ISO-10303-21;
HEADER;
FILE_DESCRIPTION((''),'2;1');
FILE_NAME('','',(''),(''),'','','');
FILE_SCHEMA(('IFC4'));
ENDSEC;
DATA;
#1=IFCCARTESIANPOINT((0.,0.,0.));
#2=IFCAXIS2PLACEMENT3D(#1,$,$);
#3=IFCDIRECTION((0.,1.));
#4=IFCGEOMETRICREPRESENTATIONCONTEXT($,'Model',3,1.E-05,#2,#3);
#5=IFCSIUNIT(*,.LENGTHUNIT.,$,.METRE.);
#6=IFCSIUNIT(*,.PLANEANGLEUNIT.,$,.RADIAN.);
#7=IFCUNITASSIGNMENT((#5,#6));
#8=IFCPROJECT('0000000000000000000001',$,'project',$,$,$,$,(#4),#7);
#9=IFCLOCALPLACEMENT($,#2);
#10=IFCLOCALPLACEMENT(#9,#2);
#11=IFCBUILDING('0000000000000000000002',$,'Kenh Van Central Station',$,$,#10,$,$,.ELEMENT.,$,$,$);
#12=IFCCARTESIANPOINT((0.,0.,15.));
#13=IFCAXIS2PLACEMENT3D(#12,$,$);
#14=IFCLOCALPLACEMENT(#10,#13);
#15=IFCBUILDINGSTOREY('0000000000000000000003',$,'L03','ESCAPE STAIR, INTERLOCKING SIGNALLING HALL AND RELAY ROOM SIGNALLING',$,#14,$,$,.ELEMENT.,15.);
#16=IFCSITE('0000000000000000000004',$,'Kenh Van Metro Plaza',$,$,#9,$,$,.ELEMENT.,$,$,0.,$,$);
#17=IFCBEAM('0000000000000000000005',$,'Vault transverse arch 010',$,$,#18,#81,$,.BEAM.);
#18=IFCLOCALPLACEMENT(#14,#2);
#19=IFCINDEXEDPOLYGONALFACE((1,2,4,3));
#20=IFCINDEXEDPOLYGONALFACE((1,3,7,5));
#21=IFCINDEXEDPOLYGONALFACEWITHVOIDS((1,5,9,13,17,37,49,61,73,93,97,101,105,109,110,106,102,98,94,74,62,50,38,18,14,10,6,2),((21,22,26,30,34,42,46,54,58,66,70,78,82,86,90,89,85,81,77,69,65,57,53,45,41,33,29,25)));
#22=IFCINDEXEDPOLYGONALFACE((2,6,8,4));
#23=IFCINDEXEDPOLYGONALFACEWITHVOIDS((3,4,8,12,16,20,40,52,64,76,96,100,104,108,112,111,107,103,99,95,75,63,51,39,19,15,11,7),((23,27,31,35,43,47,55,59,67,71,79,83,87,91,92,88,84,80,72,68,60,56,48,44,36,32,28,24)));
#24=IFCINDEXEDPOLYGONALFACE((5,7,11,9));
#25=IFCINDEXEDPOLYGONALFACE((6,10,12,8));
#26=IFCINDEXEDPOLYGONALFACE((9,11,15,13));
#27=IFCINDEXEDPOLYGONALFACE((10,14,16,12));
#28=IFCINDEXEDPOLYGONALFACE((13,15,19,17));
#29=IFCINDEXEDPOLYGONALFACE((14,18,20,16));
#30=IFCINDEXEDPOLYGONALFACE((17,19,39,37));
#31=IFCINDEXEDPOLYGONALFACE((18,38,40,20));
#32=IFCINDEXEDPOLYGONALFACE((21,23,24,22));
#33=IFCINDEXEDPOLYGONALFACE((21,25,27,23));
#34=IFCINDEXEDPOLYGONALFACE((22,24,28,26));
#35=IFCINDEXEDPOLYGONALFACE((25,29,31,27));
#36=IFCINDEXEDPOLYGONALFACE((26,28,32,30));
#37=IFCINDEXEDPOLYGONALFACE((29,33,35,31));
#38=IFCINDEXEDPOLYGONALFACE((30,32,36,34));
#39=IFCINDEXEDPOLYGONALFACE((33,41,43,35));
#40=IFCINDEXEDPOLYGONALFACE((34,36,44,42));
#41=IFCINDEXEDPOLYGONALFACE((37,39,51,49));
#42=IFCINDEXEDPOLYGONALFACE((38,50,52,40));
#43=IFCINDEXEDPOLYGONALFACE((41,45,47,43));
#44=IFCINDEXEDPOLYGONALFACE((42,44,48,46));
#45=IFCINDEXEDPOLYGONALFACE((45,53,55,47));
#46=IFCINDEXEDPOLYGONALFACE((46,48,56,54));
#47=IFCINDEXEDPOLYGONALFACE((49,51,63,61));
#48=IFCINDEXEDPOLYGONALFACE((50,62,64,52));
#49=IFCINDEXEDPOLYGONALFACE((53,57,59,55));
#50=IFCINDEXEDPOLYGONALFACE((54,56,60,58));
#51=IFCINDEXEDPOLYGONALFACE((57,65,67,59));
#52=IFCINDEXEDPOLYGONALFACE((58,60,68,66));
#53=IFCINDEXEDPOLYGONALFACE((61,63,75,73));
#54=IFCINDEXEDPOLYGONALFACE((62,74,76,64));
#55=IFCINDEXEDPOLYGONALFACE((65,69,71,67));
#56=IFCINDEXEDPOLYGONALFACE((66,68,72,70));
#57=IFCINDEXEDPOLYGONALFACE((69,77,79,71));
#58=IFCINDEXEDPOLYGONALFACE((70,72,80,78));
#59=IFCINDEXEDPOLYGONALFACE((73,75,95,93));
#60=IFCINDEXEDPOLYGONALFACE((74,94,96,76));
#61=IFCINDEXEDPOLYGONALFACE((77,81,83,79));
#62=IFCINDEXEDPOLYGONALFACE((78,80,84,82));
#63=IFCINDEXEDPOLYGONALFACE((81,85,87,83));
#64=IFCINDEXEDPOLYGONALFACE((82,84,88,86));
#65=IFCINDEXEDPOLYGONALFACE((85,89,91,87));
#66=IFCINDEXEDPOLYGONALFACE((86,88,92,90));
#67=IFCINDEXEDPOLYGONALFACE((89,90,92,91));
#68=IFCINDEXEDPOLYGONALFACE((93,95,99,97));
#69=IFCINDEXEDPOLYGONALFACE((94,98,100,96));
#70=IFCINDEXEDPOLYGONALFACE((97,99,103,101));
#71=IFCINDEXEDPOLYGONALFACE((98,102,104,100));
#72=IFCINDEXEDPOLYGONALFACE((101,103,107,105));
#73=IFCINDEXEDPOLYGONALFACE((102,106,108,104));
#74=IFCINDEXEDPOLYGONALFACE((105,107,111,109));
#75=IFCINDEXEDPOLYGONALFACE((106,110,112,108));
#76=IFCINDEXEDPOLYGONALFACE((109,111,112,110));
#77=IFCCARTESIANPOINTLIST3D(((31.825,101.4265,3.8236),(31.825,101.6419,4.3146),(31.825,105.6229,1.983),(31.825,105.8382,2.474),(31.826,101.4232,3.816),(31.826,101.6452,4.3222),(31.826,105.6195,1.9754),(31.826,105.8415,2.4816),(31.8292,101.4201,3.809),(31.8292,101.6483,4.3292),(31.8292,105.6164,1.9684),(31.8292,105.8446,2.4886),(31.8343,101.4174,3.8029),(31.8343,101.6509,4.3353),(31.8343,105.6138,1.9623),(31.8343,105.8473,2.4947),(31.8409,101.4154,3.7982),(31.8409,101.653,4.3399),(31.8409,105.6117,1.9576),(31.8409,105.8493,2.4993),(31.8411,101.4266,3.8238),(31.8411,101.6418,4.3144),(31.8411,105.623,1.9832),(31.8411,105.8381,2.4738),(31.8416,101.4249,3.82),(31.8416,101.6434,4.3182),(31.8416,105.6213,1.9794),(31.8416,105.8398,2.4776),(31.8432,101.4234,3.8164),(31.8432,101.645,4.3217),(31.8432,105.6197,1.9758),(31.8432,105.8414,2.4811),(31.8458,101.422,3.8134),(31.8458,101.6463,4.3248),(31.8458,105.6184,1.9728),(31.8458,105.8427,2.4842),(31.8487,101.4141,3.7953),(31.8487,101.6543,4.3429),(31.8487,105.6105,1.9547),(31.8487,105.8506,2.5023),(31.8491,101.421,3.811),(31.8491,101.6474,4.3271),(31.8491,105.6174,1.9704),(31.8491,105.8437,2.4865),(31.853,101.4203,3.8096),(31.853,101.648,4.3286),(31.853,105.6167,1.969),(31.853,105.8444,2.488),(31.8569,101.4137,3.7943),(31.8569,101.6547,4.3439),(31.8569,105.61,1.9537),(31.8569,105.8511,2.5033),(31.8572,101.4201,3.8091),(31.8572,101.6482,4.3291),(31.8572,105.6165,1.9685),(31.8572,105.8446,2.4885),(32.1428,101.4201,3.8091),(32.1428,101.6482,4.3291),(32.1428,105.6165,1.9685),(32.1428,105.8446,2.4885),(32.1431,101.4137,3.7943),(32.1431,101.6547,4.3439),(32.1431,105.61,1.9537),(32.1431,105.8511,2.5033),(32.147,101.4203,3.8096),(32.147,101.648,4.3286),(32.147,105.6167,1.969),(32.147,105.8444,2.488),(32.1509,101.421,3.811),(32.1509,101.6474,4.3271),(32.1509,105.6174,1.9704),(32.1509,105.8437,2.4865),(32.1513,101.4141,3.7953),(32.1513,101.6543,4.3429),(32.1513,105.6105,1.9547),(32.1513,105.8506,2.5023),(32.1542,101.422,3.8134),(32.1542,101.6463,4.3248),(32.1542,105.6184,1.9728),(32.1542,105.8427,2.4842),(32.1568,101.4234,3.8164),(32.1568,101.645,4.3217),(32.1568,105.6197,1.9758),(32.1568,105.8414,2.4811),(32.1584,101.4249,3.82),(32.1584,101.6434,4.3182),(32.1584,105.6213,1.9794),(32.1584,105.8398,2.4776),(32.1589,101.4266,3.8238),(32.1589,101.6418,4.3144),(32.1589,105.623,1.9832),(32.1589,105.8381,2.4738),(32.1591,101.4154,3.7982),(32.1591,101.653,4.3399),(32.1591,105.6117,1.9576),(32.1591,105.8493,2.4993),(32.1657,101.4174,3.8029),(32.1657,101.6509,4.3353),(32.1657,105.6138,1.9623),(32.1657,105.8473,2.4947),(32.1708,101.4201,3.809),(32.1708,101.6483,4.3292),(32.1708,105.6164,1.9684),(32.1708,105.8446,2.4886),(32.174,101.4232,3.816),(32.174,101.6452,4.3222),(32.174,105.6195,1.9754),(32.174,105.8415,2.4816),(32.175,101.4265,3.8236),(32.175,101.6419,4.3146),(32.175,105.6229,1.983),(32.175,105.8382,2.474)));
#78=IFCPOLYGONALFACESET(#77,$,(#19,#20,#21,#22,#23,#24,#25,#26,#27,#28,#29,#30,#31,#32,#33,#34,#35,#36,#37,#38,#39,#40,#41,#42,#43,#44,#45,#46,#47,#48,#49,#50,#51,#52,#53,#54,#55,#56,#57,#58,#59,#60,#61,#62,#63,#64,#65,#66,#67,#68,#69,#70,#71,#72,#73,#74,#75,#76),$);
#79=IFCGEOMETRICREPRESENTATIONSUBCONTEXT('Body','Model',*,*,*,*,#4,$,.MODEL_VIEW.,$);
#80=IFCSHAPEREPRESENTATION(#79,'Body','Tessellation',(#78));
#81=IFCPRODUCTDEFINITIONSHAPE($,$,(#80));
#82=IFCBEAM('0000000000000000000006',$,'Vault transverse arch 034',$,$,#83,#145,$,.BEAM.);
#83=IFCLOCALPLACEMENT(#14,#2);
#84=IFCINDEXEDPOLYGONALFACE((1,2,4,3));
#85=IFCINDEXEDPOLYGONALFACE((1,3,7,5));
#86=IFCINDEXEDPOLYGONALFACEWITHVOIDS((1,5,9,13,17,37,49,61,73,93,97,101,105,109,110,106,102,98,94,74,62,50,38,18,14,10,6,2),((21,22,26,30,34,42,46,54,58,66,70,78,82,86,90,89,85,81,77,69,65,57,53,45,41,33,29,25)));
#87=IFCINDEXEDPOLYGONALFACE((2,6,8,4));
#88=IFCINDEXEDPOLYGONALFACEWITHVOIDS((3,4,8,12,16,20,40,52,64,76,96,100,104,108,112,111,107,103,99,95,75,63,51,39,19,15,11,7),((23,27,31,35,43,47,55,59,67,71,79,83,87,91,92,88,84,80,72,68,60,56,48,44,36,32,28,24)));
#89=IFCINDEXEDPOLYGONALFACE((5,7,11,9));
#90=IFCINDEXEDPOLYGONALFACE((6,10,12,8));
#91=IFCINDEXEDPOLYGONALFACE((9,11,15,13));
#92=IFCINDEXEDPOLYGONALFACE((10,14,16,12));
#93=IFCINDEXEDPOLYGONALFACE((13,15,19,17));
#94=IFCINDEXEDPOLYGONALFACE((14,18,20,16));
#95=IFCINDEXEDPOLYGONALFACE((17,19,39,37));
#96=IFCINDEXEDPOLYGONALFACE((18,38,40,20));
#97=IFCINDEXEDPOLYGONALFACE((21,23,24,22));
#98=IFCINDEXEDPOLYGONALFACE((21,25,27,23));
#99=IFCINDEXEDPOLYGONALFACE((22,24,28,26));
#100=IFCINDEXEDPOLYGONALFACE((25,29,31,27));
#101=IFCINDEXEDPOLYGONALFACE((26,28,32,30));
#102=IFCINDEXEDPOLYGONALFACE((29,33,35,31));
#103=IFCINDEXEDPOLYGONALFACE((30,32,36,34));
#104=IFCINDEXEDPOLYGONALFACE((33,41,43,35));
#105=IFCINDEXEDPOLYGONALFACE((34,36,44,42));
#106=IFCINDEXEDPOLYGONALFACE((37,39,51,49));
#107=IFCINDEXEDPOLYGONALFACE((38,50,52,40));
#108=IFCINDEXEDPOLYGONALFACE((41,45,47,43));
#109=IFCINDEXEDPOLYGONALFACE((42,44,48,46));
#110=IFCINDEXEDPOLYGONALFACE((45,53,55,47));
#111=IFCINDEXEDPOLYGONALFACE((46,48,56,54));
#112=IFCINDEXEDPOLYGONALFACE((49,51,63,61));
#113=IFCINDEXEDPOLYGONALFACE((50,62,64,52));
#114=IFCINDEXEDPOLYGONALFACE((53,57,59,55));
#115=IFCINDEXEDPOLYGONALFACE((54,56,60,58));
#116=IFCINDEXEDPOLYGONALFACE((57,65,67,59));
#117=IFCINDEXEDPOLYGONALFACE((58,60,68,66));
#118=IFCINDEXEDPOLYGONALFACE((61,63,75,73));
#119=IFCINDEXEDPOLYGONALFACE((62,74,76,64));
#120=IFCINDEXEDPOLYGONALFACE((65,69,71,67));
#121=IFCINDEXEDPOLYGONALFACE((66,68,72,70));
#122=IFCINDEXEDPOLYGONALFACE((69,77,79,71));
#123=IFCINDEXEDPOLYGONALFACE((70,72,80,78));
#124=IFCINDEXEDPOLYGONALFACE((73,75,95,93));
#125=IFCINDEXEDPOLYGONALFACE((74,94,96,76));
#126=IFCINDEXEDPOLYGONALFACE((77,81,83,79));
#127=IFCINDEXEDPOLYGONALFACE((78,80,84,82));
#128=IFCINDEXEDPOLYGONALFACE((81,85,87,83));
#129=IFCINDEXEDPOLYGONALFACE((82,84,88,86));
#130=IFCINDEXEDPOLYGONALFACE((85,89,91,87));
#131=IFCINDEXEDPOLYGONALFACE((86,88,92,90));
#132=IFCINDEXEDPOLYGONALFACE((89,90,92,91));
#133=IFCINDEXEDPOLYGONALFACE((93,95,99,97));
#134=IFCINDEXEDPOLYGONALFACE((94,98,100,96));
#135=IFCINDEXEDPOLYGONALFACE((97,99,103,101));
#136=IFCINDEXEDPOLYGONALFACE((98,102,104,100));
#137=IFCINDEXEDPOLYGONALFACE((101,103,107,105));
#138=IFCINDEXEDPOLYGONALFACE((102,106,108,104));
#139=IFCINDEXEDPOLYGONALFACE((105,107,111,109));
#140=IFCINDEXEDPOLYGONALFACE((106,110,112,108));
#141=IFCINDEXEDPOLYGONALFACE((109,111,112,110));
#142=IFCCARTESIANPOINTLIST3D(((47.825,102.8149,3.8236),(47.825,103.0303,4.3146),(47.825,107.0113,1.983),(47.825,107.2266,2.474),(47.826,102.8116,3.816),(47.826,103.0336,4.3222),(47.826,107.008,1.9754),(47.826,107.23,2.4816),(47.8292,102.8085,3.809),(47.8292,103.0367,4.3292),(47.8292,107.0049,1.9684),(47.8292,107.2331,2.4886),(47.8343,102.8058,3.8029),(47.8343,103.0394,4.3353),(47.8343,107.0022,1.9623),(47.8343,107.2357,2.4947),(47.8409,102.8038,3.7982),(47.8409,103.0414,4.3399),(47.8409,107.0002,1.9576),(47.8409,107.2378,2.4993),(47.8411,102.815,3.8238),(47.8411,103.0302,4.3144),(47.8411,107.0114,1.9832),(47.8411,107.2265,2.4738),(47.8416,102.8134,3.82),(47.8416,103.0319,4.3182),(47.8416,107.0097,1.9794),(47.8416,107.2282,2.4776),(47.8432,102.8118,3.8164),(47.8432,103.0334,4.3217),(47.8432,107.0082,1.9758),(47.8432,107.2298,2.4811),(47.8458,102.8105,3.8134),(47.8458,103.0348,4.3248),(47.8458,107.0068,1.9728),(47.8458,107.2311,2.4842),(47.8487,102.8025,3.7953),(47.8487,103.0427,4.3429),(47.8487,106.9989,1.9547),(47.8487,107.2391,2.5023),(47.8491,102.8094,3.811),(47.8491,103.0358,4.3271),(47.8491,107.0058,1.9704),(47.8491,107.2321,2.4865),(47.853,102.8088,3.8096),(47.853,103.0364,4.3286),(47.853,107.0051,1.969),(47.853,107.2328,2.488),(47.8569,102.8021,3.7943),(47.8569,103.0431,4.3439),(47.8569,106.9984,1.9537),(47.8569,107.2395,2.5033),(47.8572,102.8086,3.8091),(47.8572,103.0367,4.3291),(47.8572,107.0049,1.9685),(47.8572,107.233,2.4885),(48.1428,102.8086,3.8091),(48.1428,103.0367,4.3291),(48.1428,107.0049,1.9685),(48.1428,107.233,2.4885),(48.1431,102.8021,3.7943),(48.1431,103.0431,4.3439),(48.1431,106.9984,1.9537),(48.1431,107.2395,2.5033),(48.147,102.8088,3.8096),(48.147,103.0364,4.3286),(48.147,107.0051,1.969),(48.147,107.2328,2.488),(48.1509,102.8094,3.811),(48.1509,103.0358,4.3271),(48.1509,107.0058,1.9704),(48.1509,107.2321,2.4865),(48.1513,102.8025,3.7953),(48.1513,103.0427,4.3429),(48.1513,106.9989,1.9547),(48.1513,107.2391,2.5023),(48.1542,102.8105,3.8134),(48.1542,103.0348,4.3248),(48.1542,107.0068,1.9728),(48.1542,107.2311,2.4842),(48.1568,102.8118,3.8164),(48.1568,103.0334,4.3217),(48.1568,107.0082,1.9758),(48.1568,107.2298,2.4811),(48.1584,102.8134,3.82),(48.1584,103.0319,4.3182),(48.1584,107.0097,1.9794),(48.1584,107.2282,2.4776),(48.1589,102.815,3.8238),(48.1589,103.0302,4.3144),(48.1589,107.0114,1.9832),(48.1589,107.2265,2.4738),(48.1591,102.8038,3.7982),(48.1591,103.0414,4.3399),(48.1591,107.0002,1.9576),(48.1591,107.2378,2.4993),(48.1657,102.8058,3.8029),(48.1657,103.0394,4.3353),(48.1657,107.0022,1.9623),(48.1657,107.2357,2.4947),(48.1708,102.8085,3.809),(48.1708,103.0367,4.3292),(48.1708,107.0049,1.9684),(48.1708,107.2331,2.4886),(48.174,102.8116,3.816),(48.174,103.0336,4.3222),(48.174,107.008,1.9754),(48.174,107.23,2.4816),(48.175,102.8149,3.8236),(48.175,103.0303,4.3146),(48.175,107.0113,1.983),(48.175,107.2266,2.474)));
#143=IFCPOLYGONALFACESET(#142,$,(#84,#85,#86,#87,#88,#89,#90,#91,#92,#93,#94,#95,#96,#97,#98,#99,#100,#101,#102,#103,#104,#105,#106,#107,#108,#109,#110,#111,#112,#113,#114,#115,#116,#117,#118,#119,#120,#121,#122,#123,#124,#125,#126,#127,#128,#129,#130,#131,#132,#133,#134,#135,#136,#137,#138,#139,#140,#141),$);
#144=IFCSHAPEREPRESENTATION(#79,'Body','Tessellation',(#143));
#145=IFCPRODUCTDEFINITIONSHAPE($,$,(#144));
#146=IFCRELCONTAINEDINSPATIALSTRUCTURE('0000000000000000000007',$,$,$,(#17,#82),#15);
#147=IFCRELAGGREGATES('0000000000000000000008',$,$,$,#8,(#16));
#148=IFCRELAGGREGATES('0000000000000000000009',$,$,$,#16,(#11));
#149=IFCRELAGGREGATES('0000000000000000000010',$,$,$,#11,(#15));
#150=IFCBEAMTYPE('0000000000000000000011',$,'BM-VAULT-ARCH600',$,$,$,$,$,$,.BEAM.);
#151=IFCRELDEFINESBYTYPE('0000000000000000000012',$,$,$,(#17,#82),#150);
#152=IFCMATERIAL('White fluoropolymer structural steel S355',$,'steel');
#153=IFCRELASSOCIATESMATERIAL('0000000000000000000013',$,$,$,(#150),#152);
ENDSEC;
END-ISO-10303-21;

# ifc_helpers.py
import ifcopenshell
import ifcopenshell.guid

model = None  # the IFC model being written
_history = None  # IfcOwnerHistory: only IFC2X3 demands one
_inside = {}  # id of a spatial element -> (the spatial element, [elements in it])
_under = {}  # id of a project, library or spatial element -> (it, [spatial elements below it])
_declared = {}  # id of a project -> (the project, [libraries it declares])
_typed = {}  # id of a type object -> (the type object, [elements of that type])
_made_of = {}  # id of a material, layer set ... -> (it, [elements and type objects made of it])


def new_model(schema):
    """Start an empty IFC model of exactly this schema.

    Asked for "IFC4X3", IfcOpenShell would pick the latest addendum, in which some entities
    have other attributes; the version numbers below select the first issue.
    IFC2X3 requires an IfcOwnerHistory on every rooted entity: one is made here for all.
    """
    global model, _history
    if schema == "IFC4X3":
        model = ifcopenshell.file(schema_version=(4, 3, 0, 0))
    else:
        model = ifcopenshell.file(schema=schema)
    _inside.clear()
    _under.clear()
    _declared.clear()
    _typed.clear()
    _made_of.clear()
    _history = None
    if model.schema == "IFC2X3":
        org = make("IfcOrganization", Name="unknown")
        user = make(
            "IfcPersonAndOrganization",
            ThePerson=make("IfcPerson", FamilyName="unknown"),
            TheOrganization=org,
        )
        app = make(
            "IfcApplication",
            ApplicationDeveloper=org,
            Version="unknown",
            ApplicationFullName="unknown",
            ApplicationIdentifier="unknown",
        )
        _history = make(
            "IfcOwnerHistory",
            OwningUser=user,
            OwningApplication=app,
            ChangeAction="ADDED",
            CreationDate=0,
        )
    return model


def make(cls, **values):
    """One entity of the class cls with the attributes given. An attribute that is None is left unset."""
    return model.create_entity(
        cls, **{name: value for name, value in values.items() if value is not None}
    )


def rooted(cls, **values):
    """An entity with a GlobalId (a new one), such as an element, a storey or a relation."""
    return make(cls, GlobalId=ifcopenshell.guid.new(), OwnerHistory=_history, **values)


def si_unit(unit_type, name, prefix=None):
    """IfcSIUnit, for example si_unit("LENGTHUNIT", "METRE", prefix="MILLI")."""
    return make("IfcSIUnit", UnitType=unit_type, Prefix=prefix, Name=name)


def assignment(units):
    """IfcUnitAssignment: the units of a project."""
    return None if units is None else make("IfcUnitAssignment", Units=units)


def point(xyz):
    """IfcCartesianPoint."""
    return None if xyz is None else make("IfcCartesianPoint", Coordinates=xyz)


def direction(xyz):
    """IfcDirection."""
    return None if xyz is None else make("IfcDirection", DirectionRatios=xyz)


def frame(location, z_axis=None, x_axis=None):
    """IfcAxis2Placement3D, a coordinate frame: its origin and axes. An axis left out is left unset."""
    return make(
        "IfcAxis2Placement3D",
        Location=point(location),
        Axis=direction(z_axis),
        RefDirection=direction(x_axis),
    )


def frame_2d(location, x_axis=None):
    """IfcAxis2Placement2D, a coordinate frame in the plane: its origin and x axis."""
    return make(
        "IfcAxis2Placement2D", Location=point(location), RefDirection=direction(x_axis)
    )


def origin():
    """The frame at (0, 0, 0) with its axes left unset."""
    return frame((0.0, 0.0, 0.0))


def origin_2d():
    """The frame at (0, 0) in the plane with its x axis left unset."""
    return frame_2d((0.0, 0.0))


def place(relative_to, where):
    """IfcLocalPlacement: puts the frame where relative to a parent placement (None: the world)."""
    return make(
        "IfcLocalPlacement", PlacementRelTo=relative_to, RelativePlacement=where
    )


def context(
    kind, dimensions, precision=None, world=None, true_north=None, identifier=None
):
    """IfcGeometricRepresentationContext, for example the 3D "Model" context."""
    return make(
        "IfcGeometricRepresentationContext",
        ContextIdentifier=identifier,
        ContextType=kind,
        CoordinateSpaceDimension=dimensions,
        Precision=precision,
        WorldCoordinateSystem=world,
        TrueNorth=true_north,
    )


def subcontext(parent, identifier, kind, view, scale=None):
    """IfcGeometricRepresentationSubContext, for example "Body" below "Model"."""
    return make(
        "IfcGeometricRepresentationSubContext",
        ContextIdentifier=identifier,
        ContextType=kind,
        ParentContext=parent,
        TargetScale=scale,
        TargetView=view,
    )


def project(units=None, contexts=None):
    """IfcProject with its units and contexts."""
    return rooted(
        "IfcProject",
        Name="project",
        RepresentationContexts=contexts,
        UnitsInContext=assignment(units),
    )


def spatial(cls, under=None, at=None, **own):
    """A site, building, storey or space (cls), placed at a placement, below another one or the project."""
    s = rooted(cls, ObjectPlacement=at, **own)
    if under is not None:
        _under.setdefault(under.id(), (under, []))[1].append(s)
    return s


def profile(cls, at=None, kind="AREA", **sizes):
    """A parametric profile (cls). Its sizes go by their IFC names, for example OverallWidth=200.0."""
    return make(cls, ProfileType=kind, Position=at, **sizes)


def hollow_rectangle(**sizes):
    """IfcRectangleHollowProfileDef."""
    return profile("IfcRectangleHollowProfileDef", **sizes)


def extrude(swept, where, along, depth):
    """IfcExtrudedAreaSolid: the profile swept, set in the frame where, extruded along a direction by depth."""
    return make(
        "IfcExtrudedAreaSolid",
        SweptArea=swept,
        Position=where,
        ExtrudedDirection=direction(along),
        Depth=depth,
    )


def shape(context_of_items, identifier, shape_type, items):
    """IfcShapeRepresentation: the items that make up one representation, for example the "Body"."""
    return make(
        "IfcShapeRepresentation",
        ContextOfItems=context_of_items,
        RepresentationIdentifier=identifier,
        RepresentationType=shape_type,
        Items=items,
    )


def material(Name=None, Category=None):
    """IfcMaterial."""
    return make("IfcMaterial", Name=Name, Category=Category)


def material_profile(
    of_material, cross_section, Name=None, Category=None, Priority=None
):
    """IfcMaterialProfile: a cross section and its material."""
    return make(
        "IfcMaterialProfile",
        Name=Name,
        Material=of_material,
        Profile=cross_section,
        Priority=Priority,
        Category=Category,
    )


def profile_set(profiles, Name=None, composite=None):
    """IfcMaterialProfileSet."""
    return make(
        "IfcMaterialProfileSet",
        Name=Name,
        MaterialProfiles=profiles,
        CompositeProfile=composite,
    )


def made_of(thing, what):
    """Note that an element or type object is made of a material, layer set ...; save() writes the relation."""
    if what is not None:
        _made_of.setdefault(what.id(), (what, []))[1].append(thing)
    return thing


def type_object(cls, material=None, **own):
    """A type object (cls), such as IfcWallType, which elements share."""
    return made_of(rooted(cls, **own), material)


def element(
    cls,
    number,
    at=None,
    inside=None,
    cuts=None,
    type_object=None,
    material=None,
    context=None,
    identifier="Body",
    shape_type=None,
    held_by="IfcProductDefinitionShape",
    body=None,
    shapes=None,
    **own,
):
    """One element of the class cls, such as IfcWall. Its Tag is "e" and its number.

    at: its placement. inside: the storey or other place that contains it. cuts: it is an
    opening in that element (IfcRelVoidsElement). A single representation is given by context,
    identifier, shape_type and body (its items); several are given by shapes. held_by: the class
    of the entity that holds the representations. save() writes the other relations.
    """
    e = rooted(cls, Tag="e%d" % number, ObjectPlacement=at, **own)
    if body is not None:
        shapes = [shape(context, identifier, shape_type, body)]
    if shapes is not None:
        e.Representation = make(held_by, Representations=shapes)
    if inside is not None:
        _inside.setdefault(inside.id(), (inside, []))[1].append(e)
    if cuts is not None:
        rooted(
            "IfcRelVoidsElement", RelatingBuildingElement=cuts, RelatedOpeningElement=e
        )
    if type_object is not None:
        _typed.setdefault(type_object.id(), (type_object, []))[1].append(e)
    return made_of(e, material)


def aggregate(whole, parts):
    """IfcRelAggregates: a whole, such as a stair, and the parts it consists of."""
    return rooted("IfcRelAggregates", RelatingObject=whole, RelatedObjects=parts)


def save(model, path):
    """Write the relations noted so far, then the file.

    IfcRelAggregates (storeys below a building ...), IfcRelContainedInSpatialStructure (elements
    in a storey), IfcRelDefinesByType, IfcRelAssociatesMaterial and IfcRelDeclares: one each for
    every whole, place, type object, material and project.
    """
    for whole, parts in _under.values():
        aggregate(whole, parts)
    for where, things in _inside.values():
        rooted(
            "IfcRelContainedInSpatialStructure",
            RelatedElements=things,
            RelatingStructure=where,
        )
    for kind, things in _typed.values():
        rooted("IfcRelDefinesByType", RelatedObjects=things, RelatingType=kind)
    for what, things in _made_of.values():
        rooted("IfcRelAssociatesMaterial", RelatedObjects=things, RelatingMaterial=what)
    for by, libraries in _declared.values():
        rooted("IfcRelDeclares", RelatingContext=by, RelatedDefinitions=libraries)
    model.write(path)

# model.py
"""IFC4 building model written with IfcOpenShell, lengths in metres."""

from ifc_helpers import new_model, si_unit, direction, frame, origin, origin_2d, place, context, subcontext, project, spatial, hollow_rectangle, extrude, material, material_profile, profile_set, type_object, element, save


model = new_model("IFC4")

# Units and contexts
model_context = context("Model", 3, precision=1e-05, world=origin(), true_north=direction((0.0, 1.0)))
body_context = subcontext(model_context, "Body", "Model", "MODEL_VIEW")
ifc_project = project(units=[si_unit("LENGTHUNIT", "METRE"), si_unit("PLANEANGLEUNIT", "RADIAN")], contexts=[model_context])

# Site, building, storey
site_placement = place(None, origin())
site = spatial("IfcSite", under=ifc_project, at=site_placement, Name="Kenh Van Metro Plaza", CompositionType="ELEMENT", RefElevation=0.0)
building_placement = place(site_placement, origin())
building = spatial("IfcBuilding", under=site, at=building_placement, Name="Kenh Van Central Station", CompositionType="ELEMENT")
storey_placement = place(building_placement, frame((0.0, 0.0, 15.0)))
storey = spatial("IfcBuildingStorey", under=building, at=storey_placement, Name="L03", Description="ESCAPE STAIR, INTERLOCKING SIGNALLING HALL AND RELAY ROOM SIGNALLING", CompositionType="ELEMENT", Elevation=15.0)

# Beams
ifc_material_1 = material(Name="White fluoropolymer structural steel S355", Category="steel")
ifc_material_profile_1 = material_profile(ifc_material_1, hollow_rectangle(XDim=0.3501, YDim=0.6001, WallThickness=0.0161, InnerFilletRadius=0.0161, OuterFilletRadius=0.032, at=origin_2d()), Name="RHS 600x350x16")
ifc_profile_set_1 = profile_set([ifc_material_profile_1], Name="White fluoropolymer structural steel S355")
beam_type_1 = type_object("IfcBeamType", Name="BM-VAULT-ARCH600", PredefinedType="BEAM", material=ifc_profile_set_1)
for number, where, z_axis, x_axis, name in (
    (1, (32.0, 101.5342, 4.0691), (0.0, 0.91578, -0.40168), (-1.0, 0.0, 0.0), "Vault transverse arch 010"),
    (2, (48.0, 102.9226, 4.0691), (0.0, 0.91578, -0.40168), (-1.0, 0.0, 0.0), "Vault transverse arch 034"),
):
    element("IfcBeam", number, at=place(storey_placement, frame(where, z_axis=z_axis, x_axis=x_axis)), inside=storey, type_object=beam_type_1, Name=name, PredefinedType="BEAM", context=body_context, shape_type="SweptSolid", body=[
        extrude(hollow_rectangle(XDim=0.3501, YDim=0.6001, WallThickness=0.0161, InnerFilletRadius=0.0161, OuterFilletRadius=0.032, at=origin_2d()), origin(), (0.0, 0.0, 1.0), 4.5823),
    ])

save(model, "model.ifc")
